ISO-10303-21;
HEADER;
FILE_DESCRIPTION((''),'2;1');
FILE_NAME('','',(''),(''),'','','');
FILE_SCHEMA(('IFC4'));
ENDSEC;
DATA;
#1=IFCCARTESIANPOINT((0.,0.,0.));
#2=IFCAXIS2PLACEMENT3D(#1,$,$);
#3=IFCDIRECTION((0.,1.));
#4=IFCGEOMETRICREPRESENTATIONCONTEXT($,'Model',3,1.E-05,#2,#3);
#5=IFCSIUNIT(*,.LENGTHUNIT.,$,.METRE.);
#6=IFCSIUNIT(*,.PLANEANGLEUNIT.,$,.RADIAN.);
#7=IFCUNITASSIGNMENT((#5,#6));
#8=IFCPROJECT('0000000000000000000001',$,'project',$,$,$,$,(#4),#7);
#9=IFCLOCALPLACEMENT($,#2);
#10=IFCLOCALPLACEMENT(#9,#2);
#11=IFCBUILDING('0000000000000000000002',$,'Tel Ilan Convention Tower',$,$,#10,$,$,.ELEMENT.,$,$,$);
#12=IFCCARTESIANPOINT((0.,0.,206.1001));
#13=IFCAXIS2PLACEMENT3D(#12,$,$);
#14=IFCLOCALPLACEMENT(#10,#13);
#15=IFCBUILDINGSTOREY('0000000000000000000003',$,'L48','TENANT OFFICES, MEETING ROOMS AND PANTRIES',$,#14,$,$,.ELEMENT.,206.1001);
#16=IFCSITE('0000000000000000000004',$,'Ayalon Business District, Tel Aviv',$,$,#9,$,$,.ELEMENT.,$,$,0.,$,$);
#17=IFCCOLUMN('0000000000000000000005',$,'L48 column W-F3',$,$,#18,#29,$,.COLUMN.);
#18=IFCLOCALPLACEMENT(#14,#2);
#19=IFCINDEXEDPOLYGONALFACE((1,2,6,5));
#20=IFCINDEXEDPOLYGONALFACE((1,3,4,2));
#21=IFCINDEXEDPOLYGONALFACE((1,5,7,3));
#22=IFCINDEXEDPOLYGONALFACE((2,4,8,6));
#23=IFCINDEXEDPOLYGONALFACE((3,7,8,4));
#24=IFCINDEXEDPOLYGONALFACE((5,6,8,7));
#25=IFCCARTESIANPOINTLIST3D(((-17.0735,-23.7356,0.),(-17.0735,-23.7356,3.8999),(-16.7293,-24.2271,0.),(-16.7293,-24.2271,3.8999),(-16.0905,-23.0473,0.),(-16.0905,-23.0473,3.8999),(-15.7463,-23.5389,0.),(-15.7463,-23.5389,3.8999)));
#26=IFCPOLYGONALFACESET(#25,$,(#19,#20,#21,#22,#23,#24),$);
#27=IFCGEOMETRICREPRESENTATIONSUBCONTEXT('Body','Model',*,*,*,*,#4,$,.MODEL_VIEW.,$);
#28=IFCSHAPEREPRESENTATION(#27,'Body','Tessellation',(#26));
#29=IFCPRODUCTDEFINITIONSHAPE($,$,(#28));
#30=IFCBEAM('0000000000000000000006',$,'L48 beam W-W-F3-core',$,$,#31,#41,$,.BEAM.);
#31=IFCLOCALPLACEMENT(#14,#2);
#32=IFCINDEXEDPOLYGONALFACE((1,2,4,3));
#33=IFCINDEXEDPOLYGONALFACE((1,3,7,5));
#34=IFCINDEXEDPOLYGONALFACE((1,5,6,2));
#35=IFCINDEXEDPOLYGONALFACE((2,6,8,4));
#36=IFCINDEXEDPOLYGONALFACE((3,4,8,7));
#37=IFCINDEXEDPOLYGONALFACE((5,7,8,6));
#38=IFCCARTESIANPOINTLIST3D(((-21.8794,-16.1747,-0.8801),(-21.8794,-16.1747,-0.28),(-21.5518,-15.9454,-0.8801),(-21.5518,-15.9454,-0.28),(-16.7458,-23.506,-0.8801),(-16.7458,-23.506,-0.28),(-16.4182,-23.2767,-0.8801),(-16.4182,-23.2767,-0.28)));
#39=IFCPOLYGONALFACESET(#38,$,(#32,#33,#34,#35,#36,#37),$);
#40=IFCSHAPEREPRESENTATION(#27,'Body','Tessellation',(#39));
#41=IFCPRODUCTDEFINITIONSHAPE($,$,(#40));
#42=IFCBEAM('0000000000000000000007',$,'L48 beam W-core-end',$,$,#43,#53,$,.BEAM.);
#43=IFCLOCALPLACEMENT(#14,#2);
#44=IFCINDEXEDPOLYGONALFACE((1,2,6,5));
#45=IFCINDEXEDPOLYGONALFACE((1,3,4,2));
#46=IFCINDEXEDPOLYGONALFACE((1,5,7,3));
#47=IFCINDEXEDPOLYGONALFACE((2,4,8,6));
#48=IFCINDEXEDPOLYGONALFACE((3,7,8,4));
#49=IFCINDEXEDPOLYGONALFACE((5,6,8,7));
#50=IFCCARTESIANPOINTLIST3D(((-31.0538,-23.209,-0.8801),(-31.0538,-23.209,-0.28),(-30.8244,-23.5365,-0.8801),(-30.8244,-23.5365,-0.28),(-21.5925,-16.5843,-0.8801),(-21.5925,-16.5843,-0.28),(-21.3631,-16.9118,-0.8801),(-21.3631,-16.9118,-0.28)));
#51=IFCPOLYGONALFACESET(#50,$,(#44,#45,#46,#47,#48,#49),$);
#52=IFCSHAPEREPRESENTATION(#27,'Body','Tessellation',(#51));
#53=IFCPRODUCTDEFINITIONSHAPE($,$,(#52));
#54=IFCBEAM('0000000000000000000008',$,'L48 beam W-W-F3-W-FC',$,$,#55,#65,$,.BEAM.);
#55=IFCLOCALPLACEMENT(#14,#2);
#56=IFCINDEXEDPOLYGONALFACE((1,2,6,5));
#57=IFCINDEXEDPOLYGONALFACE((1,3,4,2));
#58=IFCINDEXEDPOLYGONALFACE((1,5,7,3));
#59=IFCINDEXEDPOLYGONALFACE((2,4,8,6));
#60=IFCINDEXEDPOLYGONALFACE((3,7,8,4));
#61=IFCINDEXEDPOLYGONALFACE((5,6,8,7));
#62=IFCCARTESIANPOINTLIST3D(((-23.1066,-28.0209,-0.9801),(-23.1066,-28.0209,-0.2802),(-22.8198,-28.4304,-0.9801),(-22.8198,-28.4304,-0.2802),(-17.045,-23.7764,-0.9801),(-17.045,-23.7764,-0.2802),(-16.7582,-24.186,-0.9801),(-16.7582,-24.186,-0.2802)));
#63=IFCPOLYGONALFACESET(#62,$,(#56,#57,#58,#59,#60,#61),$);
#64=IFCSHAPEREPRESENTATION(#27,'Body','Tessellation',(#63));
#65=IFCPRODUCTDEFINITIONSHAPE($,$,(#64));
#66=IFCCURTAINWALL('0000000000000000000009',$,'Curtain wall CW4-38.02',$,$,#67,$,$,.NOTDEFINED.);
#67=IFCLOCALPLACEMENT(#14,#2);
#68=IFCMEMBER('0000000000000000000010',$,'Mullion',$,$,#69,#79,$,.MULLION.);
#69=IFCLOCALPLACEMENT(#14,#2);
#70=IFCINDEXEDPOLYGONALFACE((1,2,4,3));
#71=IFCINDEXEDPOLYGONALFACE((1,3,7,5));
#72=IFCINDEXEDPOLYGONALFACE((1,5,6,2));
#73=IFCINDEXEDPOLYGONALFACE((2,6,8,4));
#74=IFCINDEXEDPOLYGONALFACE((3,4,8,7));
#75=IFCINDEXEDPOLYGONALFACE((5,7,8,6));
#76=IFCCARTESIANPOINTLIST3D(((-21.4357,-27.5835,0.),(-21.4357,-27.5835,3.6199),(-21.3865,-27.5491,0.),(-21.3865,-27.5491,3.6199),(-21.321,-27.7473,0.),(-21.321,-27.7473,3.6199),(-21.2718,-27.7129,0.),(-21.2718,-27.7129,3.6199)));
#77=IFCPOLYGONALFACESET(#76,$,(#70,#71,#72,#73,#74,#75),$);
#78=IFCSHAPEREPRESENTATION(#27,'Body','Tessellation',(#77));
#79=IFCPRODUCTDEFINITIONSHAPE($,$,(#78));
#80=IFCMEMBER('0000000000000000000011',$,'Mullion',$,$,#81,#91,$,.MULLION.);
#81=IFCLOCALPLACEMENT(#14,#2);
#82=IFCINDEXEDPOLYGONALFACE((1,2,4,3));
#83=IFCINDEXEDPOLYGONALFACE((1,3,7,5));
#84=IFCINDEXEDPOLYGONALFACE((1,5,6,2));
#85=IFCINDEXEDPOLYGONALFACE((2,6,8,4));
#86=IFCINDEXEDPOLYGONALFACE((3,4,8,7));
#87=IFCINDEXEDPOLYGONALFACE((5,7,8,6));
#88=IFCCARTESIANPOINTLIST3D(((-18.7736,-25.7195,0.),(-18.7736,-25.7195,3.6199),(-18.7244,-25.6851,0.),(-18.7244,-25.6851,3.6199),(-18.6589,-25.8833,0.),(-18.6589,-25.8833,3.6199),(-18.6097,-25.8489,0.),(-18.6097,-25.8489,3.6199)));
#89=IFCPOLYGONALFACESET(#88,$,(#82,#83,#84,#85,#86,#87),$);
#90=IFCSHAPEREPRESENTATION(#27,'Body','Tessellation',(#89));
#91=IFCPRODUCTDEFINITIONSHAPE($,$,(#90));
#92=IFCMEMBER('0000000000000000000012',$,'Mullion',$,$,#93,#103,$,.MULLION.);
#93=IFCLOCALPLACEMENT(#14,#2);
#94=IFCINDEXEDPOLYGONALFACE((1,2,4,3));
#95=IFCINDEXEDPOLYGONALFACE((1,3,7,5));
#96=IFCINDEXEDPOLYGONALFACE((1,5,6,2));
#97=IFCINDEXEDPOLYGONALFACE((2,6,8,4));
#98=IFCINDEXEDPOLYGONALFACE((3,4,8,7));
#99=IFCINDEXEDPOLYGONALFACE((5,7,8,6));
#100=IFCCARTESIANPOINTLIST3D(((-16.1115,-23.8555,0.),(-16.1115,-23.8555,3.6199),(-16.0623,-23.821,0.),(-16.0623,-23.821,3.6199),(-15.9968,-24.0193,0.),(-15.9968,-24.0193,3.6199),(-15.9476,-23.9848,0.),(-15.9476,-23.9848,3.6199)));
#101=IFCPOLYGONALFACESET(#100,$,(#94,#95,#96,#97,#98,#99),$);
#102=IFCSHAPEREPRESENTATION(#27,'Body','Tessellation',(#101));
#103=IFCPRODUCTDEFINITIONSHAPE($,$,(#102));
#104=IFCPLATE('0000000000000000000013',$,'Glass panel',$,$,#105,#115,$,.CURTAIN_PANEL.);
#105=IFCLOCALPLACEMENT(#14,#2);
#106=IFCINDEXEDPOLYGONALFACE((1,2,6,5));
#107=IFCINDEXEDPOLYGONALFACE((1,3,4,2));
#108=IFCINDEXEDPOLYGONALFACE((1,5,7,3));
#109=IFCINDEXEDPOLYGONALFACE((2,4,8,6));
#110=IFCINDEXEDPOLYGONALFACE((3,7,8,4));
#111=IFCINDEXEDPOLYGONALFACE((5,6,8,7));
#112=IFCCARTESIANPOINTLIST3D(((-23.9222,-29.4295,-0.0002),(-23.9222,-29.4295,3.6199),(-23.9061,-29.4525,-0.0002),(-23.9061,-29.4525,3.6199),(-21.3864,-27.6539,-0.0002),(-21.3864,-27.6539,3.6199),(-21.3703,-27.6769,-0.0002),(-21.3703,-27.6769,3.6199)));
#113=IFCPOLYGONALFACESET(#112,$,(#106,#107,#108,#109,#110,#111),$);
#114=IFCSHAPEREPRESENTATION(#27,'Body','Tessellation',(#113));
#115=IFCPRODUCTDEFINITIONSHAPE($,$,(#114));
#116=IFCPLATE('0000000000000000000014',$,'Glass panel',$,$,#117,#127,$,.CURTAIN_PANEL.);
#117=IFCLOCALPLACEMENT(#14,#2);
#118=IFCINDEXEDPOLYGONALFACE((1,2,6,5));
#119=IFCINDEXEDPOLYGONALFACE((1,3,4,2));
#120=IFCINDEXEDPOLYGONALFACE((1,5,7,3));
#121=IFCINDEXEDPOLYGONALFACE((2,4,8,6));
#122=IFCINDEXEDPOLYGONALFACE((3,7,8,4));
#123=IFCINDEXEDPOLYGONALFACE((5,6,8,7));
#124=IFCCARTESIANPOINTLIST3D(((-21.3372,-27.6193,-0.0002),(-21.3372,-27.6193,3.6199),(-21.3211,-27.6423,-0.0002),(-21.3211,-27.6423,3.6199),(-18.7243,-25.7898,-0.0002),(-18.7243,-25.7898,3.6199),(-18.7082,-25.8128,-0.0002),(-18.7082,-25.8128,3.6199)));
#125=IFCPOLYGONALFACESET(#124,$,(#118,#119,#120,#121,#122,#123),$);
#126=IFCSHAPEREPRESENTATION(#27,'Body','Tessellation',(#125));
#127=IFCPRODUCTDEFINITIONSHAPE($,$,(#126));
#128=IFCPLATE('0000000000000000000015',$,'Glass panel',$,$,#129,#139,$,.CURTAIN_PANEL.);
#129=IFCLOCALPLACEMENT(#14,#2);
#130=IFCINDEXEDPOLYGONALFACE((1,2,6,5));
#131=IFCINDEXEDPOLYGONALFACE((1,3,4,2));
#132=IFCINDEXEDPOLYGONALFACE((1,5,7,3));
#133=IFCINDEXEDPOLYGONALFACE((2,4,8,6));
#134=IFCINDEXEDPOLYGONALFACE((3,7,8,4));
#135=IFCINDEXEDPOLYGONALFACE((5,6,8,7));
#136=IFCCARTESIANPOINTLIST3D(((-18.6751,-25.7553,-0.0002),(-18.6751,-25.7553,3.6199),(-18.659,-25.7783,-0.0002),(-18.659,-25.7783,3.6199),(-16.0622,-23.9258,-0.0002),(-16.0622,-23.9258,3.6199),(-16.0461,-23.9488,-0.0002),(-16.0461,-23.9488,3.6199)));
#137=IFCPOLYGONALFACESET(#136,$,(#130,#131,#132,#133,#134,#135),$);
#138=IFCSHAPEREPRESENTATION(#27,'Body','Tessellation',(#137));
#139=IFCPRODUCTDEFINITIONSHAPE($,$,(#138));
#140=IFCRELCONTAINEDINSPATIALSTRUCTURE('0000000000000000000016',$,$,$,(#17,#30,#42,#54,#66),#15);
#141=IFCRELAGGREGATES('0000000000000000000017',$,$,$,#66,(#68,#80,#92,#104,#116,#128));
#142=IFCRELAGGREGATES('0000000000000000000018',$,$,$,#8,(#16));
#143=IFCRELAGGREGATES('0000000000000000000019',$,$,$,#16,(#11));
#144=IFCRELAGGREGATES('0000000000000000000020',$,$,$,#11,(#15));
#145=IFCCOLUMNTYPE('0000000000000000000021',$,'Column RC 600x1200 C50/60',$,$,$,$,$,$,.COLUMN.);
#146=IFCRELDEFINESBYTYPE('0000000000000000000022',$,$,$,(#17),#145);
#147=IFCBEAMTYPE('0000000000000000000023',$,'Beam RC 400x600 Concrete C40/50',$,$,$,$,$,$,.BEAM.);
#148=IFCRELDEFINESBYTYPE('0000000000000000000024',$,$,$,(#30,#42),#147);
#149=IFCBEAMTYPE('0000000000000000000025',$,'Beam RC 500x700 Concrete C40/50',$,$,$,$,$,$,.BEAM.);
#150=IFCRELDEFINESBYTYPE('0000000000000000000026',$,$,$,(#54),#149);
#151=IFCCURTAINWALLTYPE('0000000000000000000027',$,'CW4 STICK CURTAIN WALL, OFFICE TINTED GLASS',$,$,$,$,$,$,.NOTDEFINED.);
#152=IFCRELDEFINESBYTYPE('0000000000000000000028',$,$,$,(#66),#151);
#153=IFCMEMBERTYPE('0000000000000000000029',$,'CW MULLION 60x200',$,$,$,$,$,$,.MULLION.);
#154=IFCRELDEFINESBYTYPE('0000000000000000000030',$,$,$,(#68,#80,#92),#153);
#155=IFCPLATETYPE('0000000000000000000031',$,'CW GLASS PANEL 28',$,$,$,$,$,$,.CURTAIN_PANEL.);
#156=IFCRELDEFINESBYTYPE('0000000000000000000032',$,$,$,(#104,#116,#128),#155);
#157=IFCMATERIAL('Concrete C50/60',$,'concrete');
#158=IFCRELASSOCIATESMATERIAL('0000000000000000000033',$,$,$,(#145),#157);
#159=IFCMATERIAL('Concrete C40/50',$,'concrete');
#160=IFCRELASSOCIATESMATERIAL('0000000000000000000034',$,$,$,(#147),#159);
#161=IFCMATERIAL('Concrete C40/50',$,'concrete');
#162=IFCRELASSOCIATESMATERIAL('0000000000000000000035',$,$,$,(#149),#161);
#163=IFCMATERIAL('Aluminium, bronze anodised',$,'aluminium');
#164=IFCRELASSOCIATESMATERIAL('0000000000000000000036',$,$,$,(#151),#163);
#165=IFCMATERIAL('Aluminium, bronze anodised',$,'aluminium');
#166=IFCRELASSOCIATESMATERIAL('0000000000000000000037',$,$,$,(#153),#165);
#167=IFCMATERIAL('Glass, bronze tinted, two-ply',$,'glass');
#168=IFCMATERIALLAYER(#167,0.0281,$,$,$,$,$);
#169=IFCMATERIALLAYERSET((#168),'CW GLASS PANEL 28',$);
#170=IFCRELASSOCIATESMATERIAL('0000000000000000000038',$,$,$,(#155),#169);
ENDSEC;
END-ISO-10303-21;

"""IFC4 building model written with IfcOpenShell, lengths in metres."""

from ifc_helpers import new_model, si_unit, direction, frame, origin, origin_2d, place, context, subcontext, project, spatial, rectangle, extrude, material, layer, layer_set, material_profile, profile_set, type_object, element, aggregate, save


model = new_model("IFC4")

# Units and contexts
model_context = context("Model", 3, precision=1e-05, world=origin(), true_north=direction((0.0, 1.0)))
body_context = subcontext(model_context, "Body", "Model", "MODEL_VIEW")
ifc_project = project(units=[si_unit("LENGTHUNIT", "METRE"), si_unit("PLANEANGLEUNIT", "RADIAN")], contexts=[model_context])

# Site, building, storey
site_placement = place(None, origin())
site = spatial("IfcSite", under=ifc_project, at=site_placement, Name="Ayalon Business District, Tel Aviv", CompositionType="ELEMENT", RefElevation=0.0)
building_placement = place(site_placement, origin())
building = spatial("IfcBuilding", under=site, at=building_placement, Name="Tel Ilan Convention Tower", CompositionType="ELEMENT")
storey_placement = place(building_placement, frame((0.0, 0.0, 206.1001)))
storey = spatial("IfcBuildingStorey", under=building, at=storey_placement, Name="L48", Description="TENANT OFFICES, MEETING ROOMS AND PANTRIES", CompositionType="ELEMENT", Elevation=206.1001)

# Column
ifc_material_1 = material(Name="Concrete C50/60", Category="concrete")
ifc_material_profile_1 = material_profile(ifc_material_1, rectangle(XDim=1.2, YDim=0.6001, at=origin_2d()), Name="RC 600x1200")
ifc_profile_set_1 = profile_set([ifc_material_profile_1], Name="Concrete C50/60")
column_type = type_object("IfcColumnType", Name="Column RC 600x1200 C50/60", PredefinedType="COLUMN", material=ifc_profile_set_1)
column_placement = place(storey_placement, frame((-16.4099, -23.6372, 0.0), z_axis=(0.0, 0.0, 1.0), x_axis=(-0.819152, -0.573576, 0.0)))
element("IfcColumn", 1, at=column_placement, inside=storey, type_object=column_type, Name="L48 column W-F3", PredefinedType="COLUMN", context=body_context, shape_type="SweptSolid", body=[
    extrude(rectangle(XDim=1.2, YDim=0.6001, at=origin_2d()), origin(), (0.0, 0.0, 1.0), 3.8999),
])

# Beams
ifc_material_2 = material(Name="Concrete C40/50", Category="concrete")
ifc_material_profile_2 = material_profile(ifc_material_2, rectangle(XDim=0.3999, YDim=0.6001, at=origin_2d()), Name="RC 400x600")
ifc_profile_set_2 = profile_set([ifc_material_profile_2], Name="Concrete C40/50")
beam_type_1 = type_object("IfcBeamType", Name="Beam RC 400x600 Concrete C40/50", PredefinedType="BEAM", material=ifc_profile_set_2)
beam_1_placement = place(storey_placement, frame((-16.582, -23.3914, -0.5801), z_axis=(-0.573585, 0.819146, 0.0), x_axis=(-0.819146, -0.573585, 0.0)))
element("IfcBeam", 2, at=beam_1_placement, inside=storey, type_object=beam_type_1, Name="L48 beam W-W-F3-core", PredefinedType="BEAM", context=body_context, shape_type="SweptSolid", body=[
    extrude(rectangle(XDim=0.3999, YDim=0.6001, at=origin_2d()), origin(), (0.0, 0.0, 1.0), 8.95),
])
beam_2_placement = place(storey_placement, frame((-21.4778, -16.748, -0.5801), z_axis=(-0.81916, -0.573564, 0.0), x_axis=(0.573564, -0.81916, 0.0)))
element("IfcBeam", 3, at=beam_2_placement, inside=storey, type_object=beam_type_1, Name="L48 beam W-core-end", PredefinedType="BEAM", context=body_context, shape_type="SweptSolid", body=[
    extrude(rectangle(XDim=0.3999, YDim=0.6001, at=origin_2d()), origin(), (0.0, 0.0, 1.0), 11.55),
])
ifc_material_3 = material(Name="Concrete C40/50", Category="concrete")
ifc_material_profile_3 = material_profile(ifc_material_3, rectangle(XDim=0.5, YDim=0.7, at=origin_2d()), Name="RC 500x700")
ifc_profile_set_3 = profile_set([ifc_material_profile_3], Name="Concrete C40/50")
beam_type_2 = type_object("IfcBeamType", Name="Beam RC 500x700 Concrete C40/50", PredefinedType="BEAM", material=ifc_profile_set_3)
beam_3_placement = place(storey_placement, frame((-16.9016, -23.9812, -0.6301), z_axis=(-0.819148, -0.573582, 0.0), x_axis=(0.573582, -0.819148, 0.0)))
element("IfcBeam", 4, at=beam_3_placement, inside=storey, type_object=beam_type_2, Name="L48 beam W-W-F3-W-FC", PredefinedType="BEAM", context=body_context, shape_type="SweptSolid", body=[
    extrude(rectangle(XDim=0.5, YDim=0.7, at=origin_2d()), origin(), (0.0, 0.0, 1.0), 7.3999),
])

# Curtain wall, members, plates
ifc_material_4 = material(Name="Aluminium, bronze anodised", Category="aluminium")
curtain_wall_type = type_object("IfcCurtainWallType", Name="CW4 STICK CURTAIN WALL, OFFICE TINTED GLASS", PredefinedType="NOTDEFINED", material=ifc_material_4)
curtain_wall_placement = place(storey_placement, origin())
curtain_wall = element("IfcCurtainWall", 5, at=curtain_wall_placement, inside=storey, type_object=curtain_wall_type, Name="Curtain wall CW4-38.02", PredefinedType="NOTDEFINED")
ifc_material_5 = material(Name="Aluminium, bronze anodised", Category="aluminium")
ifc_material_profile_4 = material_profile(ifc_material_5, rectangle(XDim=0.0601, YDim=0.2, at=origin_2d()), Name="CW MULLION 60x200")
ifc_profile_set_4 = profile_set([ifc_material_profile_4], Name="Aluminium, bronze anodised")
member_type = type_object("IfcMemberType", Name="CW MULLION 60x200", PredefinedType="MULLION", material=ifc_profile_set_4)
member_1_placement = place(storey_placement, frame((-21.3538, -27.6482, 0.0), z_axis=(0.0, 0.0, 1.0), x_axis=(0.819152, 0.573576, 0.0)))
member_1 = element("IfcMember", 6, at=member_1_placement, type_object=member_type, Name="Mullion", PredefinedType="MULLION", context=body_context, shape_type="SweptSolid", body=[
    extrude(rectangle(XDim=0.0601, YDim=0.2, at=origin_2d()), origin(), (0.0, 0.0, 1.0), 3.6199),
])
member_2_placement = place(storey_placement, frame((-18.6917, -25.7842, 0.0), z_axis=(0.0, 0.0, 1.0), x_axis=(0.819152, 0.573576, 0.0)))
member_2 = element("IfcMember", 7, at=member_2_placement, type_object=member_type, Name="Mullion", PredefinedType="MULLION", context=body_context, shape_type="SweptSolid", body=[
    extrude(rectangle(XDim=0.0601, YDim=0.2, at=origin_2d()), origin(), (0.0, 0.0, 1.0), 3.6199),
])
member_3_placement = place(storey_placement, frame((-16.0295, -23.9202, 0.0), z_axis=(0.0, 0.0, 1.0), x_axis=(0.819152, 0.573576, 0.0)))
member_3 = element("IfcMember", 8, at=member_3_placement, type_object=member_type, Name="Mullion", PredefinedType="MULLION", context=body_context, shape_type="SweptSolid", body=[
    extrude(rectangle(XDim=0.0601, YDim=0.2, at=origin_2d()), origin(), (0.0, 0.0, 1.0), 3.6199),
])
ifc_material_6 = material(Name="Glass, bronze tinted, two-ply", Category="glass")
ifc_layer_1 = layer(ifc_material_6, 0.0281)
ifc_layer_set_1 = layer_set([ifc_layer_1], Name="CW GLASS PANEL 28")
plate_type = type_object("IfcPlateType", Name="CW GLASS PANEL 28", PredefinedType="CURTAIN_PANEL", material=ifc_layer_set_1)
plate_1_placement = place(storey_placement, frame((-22.6462, -28.5532, -0.0002), z_axis=(0.0, 0.0, 1.0), x_axis=(0.819152, 0.573576, 0.0)))
plate_1 = element("IfcPlate", 9, at=plate_1_placement, type_object=plate_type, Name="Glass panel", PredefinedType="CURTAIN_PANEL", context=body_context, shape_type="SweptSolid", body=[
    extrude(rectangle(XDim=3.0957, YDim=0.0281, at=origin_2d()), origin(), (0.0, 0.0, 1.0), 3.6201),
])
plate_2_placement = place(storey_placement, frame((-20.0227, -26.7161, -0.0002), z_axis=(0.0, 0.0, 1.0), x_axis=(0.819152, 0.573576, 0.0)))
plate_2 = element("IfcPlate", 10, at=plate_2_placement, type_object=plate_type, Name="Glass panel", PredefinedType="CURTAIN_PANEL", context=body_context, shape_type="SweptSolid", body=[
    extrude(rectangle(XDim=3.1897, YDim=0.0281, at=origin_2d()), origin(), (0.0, 0.0, 1.0), 3.6201),
])
plate_3_placement = place(storey_placement, frame((-17.3606, -24.8521, -0.0002), z_axis=(0.0, 0.0, 1.0), x_axis=(0.819152, 0.573576, 0.0)))
plate_3 = element("IfcPlate", 11, at=plate_3_placement, type_object=plate_type, Name="Glass panel", PredefinedType="CURTAIN_PANEL", context=body_context, shape_type="SweptSolid", body=[
    extrude(rectangle(XDim=3.1897, YDim=0.0281, at=origin_2d()), origin(), (0.0, 0.0, 1.0), 3.6201),
])
aggregate(curtain_wall, [member_1, member_2, member_3, plate_1, plate_2, plate_3])

save(model, "model.ifc")
